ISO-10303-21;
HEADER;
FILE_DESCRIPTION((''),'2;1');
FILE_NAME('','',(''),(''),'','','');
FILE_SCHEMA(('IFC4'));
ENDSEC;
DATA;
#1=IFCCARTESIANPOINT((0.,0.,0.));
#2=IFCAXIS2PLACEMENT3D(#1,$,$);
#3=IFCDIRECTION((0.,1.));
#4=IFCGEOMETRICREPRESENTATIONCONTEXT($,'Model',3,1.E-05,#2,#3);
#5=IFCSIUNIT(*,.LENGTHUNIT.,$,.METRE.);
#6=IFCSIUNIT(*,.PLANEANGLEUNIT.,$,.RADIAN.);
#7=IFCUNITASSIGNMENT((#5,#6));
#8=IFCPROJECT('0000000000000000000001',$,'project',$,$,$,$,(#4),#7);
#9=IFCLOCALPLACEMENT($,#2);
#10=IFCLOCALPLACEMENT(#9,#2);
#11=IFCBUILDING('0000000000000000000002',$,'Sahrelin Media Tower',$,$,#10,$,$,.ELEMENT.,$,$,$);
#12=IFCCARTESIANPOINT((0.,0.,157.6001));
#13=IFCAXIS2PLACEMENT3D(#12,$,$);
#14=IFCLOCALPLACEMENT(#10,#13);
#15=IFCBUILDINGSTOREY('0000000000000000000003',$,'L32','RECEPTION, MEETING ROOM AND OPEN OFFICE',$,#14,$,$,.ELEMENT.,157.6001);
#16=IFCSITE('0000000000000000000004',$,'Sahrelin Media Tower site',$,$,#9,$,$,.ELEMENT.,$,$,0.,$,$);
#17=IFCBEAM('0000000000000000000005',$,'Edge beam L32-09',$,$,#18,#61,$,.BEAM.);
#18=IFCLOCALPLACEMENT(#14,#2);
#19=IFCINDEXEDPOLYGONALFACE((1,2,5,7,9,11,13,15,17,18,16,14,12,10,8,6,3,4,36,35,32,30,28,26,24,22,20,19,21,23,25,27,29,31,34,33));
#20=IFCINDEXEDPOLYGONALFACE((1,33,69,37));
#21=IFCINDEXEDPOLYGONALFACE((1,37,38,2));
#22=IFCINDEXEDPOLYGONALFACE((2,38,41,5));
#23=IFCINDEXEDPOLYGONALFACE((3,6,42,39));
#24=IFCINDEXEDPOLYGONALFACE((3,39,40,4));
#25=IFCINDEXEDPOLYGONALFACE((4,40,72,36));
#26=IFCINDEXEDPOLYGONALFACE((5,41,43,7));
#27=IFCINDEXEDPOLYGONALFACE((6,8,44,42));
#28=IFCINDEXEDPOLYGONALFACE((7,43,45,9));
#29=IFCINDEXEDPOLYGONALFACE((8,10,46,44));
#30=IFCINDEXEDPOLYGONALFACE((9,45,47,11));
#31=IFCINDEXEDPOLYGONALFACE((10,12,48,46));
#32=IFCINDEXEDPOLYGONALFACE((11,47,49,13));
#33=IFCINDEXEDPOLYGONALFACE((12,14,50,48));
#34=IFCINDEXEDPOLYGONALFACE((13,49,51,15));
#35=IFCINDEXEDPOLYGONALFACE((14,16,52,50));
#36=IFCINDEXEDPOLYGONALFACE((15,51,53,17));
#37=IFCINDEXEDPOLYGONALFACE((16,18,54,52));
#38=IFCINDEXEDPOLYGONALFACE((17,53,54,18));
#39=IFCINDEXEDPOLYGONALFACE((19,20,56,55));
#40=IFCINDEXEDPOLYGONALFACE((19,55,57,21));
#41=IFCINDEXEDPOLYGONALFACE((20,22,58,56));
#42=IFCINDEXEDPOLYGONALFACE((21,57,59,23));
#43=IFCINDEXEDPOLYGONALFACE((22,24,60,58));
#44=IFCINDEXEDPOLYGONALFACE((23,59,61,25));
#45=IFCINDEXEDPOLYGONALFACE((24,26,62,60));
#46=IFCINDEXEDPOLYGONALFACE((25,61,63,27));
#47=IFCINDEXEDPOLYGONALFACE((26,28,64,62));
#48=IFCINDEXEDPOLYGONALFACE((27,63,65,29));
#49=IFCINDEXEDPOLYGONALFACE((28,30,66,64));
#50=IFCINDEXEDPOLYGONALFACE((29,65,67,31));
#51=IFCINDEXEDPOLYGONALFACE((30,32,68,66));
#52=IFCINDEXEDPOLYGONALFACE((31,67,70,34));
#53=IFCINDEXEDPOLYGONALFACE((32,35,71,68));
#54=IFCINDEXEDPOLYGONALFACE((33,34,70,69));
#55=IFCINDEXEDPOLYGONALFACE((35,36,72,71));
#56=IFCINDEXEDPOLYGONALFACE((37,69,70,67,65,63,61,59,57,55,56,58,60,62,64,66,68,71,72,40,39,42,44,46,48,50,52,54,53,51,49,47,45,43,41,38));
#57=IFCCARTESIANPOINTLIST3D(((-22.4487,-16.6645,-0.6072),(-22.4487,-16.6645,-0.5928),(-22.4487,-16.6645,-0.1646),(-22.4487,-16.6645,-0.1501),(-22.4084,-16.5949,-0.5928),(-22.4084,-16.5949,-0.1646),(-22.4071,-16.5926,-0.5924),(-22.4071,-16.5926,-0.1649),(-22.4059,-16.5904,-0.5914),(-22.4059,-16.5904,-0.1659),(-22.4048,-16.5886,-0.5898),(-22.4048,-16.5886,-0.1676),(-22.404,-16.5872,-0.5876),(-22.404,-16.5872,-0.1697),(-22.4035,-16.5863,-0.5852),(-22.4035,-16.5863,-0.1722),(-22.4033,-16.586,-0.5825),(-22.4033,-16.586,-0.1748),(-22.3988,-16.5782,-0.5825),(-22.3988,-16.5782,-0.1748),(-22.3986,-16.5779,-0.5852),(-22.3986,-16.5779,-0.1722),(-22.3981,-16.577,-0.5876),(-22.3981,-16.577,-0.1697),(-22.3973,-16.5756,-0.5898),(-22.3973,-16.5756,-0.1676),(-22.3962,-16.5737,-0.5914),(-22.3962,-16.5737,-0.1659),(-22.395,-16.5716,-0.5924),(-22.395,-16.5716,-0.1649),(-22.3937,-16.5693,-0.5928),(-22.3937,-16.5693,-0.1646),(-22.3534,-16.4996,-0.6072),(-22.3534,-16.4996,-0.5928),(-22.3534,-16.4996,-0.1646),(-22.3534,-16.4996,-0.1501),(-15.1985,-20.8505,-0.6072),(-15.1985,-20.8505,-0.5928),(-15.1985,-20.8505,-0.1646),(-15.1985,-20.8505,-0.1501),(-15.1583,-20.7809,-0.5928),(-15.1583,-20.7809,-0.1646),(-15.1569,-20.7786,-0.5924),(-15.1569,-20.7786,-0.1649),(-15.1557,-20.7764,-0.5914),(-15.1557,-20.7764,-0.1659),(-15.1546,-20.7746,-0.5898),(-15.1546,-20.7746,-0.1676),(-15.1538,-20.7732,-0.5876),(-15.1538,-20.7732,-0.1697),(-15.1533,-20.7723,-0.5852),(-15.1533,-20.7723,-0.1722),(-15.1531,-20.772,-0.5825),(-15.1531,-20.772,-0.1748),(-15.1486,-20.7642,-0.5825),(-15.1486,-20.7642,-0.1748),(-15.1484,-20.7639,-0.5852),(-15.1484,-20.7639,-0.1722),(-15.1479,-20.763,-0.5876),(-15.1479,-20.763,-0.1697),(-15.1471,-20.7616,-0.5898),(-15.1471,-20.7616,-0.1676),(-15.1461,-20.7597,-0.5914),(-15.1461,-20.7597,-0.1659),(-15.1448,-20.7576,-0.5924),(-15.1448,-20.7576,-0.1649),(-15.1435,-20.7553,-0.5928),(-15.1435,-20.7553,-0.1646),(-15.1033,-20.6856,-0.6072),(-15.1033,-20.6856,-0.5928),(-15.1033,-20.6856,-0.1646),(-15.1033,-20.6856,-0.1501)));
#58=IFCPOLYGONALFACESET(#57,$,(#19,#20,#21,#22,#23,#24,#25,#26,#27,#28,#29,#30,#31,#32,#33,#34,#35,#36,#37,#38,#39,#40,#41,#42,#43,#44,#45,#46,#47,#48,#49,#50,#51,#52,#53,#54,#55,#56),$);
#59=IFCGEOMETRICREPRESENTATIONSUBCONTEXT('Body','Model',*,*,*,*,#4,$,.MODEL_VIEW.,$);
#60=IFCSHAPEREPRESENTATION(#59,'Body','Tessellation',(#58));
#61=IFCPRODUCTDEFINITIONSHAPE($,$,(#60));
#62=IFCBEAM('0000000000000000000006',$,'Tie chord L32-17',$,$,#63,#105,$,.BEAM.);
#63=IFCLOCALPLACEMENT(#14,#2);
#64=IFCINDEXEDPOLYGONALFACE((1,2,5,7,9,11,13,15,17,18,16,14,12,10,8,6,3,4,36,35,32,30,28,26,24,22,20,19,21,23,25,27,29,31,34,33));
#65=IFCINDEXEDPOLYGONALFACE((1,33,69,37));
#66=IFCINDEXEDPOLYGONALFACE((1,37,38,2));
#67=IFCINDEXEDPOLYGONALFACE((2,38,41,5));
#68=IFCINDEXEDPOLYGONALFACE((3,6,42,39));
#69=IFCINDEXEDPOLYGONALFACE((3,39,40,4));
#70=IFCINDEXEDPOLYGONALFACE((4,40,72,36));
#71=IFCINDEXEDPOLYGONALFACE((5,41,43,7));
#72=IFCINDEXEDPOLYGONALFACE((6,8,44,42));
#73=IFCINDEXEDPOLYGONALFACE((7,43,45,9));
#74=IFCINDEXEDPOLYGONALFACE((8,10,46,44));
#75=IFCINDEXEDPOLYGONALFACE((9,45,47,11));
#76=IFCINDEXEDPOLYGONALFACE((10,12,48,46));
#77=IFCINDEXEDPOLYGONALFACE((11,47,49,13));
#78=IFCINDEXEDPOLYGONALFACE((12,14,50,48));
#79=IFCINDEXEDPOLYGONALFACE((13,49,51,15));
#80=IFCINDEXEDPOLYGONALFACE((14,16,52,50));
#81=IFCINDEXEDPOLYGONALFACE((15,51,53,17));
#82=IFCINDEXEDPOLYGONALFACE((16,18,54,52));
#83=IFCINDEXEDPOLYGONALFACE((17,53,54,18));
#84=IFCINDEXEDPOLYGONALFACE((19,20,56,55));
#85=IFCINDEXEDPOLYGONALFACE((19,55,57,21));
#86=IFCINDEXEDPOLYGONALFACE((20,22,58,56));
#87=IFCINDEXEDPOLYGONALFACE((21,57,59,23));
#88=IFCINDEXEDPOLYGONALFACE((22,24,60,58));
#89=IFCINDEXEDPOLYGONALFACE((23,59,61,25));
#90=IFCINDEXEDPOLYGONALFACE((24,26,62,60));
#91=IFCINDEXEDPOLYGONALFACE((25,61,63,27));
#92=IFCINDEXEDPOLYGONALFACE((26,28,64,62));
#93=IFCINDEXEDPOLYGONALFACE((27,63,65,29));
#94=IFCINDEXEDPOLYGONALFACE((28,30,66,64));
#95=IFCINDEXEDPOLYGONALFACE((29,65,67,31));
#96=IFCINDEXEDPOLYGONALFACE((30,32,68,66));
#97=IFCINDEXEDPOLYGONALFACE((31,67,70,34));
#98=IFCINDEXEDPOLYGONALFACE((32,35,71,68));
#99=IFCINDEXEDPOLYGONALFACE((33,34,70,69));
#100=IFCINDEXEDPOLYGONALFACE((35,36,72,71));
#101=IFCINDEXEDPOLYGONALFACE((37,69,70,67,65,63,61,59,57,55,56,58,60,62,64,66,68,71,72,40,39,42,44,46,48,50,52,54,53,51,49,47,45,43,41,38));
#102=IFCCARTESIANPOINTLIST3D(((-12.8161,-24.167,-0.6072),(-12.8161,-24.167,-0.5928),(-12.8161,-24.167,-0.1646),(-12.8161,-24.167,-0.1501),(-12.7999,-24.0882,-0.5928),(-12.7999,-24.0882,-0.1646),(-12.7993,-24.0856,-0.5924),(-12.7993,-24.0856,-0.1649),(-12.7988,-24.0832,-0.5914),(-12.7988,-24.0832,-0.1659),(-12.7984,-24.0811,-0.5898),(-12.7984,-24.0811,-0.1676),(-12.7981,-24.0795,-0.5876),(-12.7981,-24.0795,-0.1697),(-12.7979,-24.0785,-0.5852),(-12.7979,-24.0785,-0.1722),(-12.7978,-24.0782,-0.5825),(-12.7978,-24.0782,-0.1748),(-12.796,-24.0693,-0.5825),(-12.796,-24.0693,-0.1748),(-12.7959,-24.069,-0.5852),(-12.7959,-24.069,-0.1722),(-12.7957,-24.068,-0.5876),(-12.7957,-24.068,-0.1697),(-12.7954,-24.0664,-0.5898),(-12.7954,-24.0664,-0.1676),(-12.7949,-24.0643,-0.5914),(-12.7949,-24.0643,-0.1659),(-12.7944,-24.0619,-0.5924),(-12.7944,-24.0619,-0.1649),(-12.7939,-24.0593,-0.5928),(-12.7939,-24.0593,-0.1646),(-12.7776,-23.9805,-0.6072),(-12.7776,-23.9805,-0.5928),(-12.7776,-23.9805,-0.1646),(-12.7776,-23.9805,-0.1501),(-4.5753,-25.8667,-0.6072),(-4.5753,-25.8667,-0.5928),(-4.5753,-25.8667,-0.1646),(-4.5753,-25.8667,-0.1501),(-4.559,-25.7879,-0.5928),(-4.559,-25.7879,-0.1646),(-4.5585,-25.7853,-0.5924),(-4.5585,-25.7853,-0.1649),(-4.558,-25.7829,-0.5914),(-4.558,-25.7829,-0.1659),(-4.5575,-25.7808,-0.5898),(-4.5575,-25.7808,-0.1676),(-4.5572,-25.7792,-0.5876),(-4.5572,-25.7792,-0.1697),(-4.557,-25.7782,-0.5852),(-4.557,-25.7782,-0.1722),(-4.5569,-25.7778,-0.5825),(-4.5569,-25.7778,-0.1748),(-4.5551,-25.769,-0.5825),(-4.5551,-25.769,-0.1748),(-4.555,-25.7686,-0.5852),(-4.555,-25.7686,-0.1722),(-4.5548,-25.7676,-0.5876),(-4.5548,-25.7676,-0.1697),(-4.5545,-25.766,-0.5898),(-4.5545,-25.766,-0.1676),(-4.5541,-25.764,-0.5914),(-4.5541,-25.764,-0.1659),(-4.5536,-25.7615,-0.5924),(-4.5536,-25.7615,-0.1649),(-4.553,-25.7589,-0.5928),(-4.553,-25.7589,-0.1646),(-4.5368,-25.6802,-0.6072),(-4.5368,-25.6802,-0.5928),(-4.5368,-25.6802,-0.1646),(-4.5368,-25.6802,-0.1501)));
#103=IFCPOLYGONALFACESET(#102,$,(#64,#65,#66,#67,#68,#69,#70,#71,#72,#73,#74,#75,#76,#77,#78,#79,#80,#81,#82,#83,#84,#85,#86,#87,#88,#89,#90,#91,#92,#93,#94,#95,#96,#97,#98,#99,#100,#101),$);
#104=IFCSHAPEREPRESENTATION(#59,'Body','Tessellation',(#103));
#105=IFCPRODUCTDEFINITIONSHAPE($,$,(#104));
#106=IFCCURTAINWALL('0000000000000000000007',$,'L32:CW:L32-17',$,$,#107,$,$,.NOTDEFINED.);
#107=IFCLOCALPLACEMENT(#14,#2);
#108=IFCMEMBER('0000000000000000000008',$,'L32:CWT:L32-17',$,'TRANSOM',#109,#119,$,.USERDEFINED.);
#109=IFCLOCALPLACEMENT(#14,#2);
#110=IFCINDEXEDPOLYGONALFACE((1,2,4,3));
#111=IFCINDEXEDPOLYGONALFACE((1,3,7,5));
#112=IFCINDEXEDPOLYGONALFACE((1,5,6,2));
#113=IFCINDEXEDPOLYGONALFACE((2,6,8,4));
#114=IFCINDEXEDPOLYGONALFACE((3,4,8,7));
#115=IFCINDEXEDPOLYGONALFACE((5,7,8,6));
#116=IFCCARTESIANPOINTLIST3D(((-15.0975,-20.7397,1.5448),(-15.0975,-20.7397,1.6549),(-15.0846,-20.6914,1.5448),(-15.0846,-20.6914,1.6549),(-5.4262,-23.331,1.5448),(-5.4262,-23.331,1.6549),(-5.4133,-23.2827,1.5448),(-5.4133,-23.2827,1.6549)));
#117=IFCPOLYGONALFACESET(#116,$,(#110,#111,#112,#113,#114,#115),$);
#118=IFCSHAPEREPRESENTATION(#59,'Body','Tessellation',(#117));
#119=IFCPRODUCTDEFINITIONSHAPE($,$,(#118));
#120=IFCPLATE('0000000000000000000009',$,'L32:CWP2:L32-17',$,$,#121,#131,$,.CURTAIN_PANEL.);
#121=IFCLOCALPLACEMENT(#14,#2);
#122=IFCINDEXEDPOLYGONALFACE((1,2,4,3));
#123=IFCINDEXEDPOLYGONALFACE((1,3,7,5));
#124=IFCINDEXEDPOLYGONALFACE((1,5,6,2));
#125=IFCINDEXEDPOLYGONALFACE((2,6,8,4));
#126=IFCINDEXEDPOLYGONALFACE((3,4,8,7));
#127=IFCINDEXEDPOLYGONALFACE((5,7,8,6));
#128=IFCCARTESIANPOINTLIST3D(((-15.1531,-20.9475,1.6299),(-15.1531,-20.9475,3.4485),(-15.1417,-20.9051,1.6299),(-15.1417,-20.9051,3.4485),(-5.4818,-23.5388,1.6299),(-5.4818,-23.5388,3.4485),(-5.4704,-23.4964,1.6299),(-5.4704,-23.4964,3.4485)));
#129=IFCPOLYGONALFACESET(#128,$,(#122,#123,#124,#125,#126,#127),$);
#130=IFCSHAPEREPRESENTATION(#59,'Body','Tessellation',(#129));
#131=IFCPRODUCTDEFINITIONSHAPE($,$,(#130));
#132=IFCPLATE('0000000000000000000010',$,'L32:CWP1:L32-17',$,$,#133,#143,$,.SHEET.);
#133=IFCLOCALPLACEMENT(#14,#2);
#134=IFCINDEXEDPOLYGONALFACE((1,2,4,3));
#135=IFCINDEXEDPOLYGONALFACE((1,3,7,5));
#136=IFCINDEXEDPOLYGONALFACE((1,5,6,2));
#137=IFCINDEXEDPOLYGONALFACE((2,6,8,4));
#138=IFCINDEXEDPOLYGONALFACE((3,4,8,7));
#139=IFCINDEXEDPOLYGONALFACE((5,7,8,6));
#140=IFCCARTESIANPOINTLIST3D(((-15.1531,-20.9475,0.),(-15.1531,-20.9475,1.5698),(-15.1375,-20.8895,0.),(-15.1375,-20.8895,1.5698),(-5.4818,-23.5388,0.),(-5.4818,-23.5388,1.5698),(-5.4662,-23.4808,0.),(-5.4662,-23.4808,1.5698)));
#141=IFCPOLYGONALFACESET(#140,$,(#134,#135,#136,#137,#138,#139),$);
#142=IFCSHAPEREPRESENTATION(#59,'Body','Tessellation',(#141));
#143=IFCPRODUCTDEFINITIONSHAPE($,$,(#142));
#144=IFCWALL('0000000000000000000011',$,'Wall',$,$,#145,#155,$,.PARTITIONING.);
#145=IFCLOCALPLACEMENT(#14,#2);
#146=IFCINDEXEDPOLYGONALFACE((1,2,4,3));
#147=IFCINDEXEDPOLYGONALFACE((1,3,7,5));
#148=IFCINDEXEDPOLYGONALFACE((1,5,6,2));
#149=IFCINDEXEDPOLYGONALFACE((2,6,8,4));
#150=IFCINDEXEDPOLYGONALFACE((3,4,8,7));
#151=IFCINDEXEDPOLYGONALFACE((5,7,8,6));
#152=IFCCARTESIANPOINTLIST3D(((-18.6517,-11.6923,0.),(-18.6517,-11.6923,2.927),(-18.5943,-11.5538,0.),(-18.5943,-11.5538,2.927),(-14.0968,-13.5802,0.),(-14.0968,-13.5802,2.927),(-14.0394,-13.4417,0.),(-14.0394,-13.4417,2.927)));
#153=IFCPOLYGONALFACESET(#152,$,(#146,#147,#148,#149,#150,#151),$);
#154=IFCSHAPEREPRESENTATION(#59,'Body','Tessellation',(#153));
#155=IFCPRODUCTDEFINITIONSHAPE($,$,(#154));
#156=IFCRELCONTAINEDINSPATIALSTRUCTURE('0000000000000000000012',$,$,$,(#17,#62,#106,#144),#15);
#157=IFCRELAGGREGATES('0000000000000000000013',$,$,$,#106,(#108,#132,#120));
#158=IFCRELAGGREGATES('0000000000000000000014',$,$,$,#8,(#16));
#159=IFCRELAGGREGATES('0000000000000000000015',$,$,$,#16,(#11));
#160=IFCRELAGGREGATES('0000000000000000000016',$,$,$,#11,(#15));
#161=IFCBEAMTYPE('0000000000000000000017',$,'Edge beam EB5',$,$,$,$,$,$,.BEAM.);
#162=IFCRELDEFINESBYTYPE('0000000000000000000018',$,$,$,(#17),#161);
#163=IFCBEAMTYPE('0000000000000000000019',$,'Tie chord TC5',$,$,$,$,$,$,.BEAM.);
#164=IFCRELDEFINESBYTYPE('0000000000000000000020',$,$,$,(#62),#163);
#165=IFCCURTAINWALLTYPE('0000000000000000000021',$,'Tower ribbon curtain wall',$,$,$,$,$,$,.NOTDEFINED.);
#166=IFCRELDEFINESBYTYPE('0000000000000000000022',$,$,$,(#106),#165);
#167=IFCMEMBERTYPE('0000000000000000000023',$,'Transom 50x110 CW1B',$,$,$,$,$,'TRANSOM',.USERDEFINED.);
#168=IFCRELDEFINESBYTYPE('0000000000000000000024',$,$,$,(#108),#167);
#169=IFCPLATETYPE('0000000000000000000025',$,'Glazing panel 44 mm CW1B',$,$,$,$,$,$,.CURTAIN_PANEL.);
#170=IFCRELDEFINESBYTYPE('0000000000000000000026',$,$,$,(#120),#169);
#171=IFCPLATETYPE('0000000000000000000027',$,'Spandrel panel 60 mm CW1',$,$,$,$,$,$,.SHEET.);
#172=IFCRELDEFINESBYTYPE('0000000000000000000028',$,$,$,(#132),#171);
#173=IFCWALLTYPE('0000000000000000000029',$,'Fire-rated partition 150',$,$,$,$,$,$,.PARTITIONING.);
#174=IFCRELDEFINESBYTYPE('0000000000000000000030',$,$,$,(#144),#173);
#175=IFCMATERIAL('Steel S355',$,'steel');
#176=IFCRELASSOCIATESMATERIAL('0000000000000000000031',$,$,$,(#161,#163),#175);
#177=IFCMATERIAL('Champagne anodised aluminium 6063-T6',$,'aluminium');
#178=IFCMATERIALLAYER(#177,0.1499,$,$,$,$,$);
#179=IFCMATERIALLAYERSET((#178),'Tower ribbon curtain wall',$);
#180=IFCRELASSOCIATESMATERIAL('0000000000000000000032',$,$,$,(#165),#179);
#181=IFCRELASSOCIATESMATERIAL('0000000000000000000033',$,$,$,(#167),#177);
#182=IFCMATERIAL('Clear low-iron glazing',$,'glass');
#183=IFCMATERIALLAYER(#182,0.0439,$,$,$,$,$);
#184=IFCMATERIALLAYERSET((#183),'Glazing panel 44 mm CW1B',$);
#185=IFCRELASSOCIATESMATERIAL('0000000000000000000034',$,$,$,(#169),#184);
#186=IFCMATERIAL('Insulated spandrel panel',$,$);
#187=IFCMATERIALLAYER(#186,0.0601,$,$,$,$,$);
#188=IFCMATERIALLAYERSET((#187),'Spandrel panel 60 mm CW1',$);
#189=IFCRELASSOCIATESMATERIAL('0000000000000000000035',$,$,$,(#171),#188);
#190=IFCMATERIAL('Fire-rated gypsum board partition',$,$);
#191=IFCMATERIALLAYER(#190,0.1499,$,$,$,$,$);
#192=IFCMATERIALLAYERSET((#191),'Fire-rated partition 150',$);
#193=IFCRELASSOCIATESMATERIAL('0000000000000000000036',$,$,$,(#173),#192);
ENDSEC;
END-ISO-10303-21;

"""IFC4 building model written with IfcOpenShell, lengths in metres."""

from ifc_helpers import new_model, si_unit, direction, frame, frame_2d, origin, origin_2d, place, context, subcontext, project, spatial, polyline, rectangle, i_section, outline, extrude, material, layer, layer_set, material_profile, profile_set, type_object, element, aggregate, save


model = new_model("IFC4")

# Units and contexts
model_context = context("Model", 3, precision=1e-05, world=origin(), true_north=direction((0.0, 1.0)))
body_context = subcontext(model_context, "Body", "Model", "MODEL_VIEW")
ifc_project = project(units=[si_unit("LENGTHUNIT", "METRE"), si_unit("PLANEANGLEUNIT", "RADIAN")], contexts=[model_context])

# Site, building, storey
site_placement = place(None, origin())
site = spatial("IfcSite", under=ifc_project, at=site_placement, Name="Sahrelin Media Tower site", CompositionType="ELEMENT", RefElevation=0.0)
building_placement = place(site_placement, origin())
building = spatial("IfcBuilding", under=site, at=building_placement, Name="Sahrelin Media Tower", CompositionType="ELEMENT")
storey_placement = place(building_placement, frame((0.0, 0.0, 157.6001)))
storey = spatial("IfcBuildingStorey", under=building, at=storey_placement, Name="L32", Description="RECEPTION, MEETING ROOM AND OPEN OFFICE", CompositionType="ELEMENT", Elevation=157.6001)

# Beams
ifc_material_1 = material(Name="Steel S355", Category="steel")
ifc_material_profile_1 = material_profile(ifc_material_1, i_section(OverallWidth=0.1904, OverallDepth=0.457, WebThickness=0.009, FlangeThickness=0.0144, FilletRadius=0.0103, at=origin_2d()), Name="UB 457x191x74")
ifc_profile_set_1 = profile_set([ifc_material_profile_1], Name="Steel S355")
beam_type_1 = type_object("IfcBeamType", Name="Edge beam EB5", PredefinedType="BEAM", material=ifc_profile_set_1)
beam_1_placement = place(storey_placement, frame((-15.1509, -20.7681, -0.3787), z_axis=(-0.86602, 0.500009, 0.0), x_axis=(-0.500009, -0.86602, 0.0)))
element("IfcBeam", 1, at=beam_1_placement, inside=storey, type_object=beam_type_1, Name="Edge beam L32-09", PredefinedType="BEAM", context=body_context, shape_type="SweptSolid", body=[
    extrude(i_section(OverallWidth=0.1904, OverallDepth=0.457, WebThickness=0.009, FlangeThickness=0.0144, FilletRadius=0.0103, at=origin_2d()), origin(), (0.0, 0.0, 1.0), 8.3718),
])
ifc_material_profile_2 = material_profile(ifc_material_1, i_section(OverallWidth=0.1904, OverallDepth=0.457, WebThickness=0.009, FlangeThickness=0.0144, FilletRadius=0.0103, at=origin_2d()), Name="UB 457x191x74")
ifc_profile_set_2 = profile_set([ifc_material_profile_2], Name="Steel S355")
beam_type_2 = type_object("IfcBeamType", Name="Tie chord TC5", PredefinedType="BEAM", material=ifc_profile_set_2)
beam_2_placement = place(storey_placement, frame((-12.7969, -24.0737, -0.3787), z_axis=(0.979386, -0.201999, 0.0), x_axis=(0.201999, 0.979386, 0.0)))
element("IfcBeam", 2, at=beam_2_placement, inside=storey, type_object=beam_type_2, Name="Tie chord L32-17", PredefinedType="BEAM", context=body_context, shape_type="SweptSolid", body=[
    extrude(i_section(OverallWidth=0.1904, OverallDepth=0.457, WebThickness=0.009, FlangeThickness=0.0144, FilletRadius=0.0103, at=origin_2d()), origin(), (0.0, 0.0, 1.0), 8.4143),
])

# Curtain wall, member, plates
ifc_material_2 = material(Name="Champagne anodised aluminium 6063-T6", Category="aluminium")
ifc_layer_1 = layer(ifc_material_2, 0.1499)
ifc_layer_set_1 = layer_set([ifc_layer_1], Name="Tower ribbon curtain wall")
curtain_wall_type = type_object("IfcCurtainWallType", Name="Tower ribbon curtain wall", PredefinedType="NOTDEFINED", material=ifc_layer_set_1)
curtain_wall_placement = place(storey_placement, frame((-10.3123, -22.2236, 0.0), z_axis=(0.0, 0.0, 1.0), x_axis=(1.0, 0.0, 0.0)))
curtain_wall = element("IfcCurtainWall", 3, at=curtain_wall_placement, inside=storey, type_object=curtain_wall_type, Name="L32:CW:L32-17", PredefinedType="NOTDEFINED")
ifc_material_profile_3 = material_profile(ifc_material_2, rectangle(XDim=0.05, YDim=0.1101, at=origin_2d()), Name="Transom 50x110")
ifc_profile_set_3 = profile_set([ifc_material_profile_3], Name="Champagne anodised aluminium 6063-T6")
member_type = type_object("IfcMemberType", Name="Transom 50x110 CW1B", ElementType="TRANSOM", PredefinedType="USERDEFINED", material=ifc_profile_set_3)
member_placement = place(storey_placement, frame((-15.0911, -20.7156, 1.5999), z_axis=(0.965929, -0.258807, 0.0), x_axis=(0.258807, 0.965929, 0.0)))
member = element("IfcMember", 4, at=member_placement, type_object=member_type, Name="L32:CWT:L32-17", ObjectType="TRANSOM", PredefinedType="USERDEFINED", context=body_context, shape_type="SweptSolid", body=[
    extrude(rectangle(XDim=0.05, YDim=0.1101, at=origin_2d()), origin(), (0.0, 0.0, 1.0), 10.0125),
])
ifc_material_3 = material(Name="Clear low-iron glazing", Category="glass")
ifc_layer_2 = layer(ifc_material_3, 0.0439)
ifc_layer_set_2 = layer_set([ifc_layer_2], Name="Glazing panel 44 mm CW1B")
plate_type_1 = type_object("IfcPlateType", Name="Glazing panel 44 mm CW1B", PredefinedType="CURTAIN_PANEL", material=ifc_layer_set_2)
plate_1_placement = place(storey_placement, frame((-15.1531, -20.9475, 1.6299), z_axis=(-0.258807, -0.965929, 0.0), x_axis=(0.965929, -0.258807, 0.0)))
plate_1 = element("IfcPlate", 5, at=plate_1_placement, type_object=plate_type_1, Name="L32:CWP2:L32-17", PredefinedType="CURTAIN_PANEL", context=body_context, shape_type="SweptSolid", body=[
    extrude(outline(polyline([(0.0, 0.0), (10.0125, 0.0), (10.0125, 1.8186), (0.0, 1.8186), (0.0, 0.0)])), origin(), (0.0, 0.0, -1.0), 0.0439),
])
ifc_material_4 = material(Name="Insulated spandrel panel")
ifc_layer_3 = layer(ifc_material_4, 0.0601)
ifc_layer_set_3 = layer_set([ifc_layer_3], Name="Spandrel panel 60 mm CW1")
plate_type_2 = type_object("IfcPlateType", Name="Spandrel panel 60 mm CW1", PredefinedType="SHEET", material=ifc_layer_set_3)
plate_2_placement = place(storey_placement, frame((-15.1531, -20.9475, 0.0), z_axis=(-0.258807, -0.965929, 0.0), x_axis=(0.965929, -0.258807, 0.0)))
plate_2 = element("IfcPlate", 6, at=plate_2_placement, type_object=plate_type_2, Name="L32:CWP1:L32-17", PredefinedType="SHEET", context=body_context, shape_type="SweptSolid", body=[
    extrude(outline(polyline([(0.0, 0.0), (10.0125, 0.0), (10.0125, 1.5698), (0.0, 1.5698), (0.0, 0.0)])), origin(), (0.0, 0.0, -1.0), 0.0601),
])
aggregate(curtain_wall, [member, plate_2, plate_1])

# Wall
ifc_material_5 = material(Name="Fire-rated gypsum board partition")
ifc_layer_4 = layer(ifc_material_5, 0.1499)
ifc_layer_set_4 = layer_set([ifc_layer_4], Name="Fire-rated partition 150")
wall_type_1 = type_object("IfcWallType", Name="Fire-rated partition 150", PredefinedType="PARTITIONING", material=ifc_layer_set_4)
wall_1_placement = place(storey_placement, frame((-18.623, -11.623, 0.0), z_axis=(0.0, 0.0, 1.0), x_axis=(0.923792, -0.382895, 0.0)))
element("IfcWall", 7, at=wall_1_placement, inside=storey, type_object=wall_type_1, Name="Wall", PredefinedType="PARTITIONING", context=body_context, shape_type="SweptSolid", body=[
    extrude(rectangle(XDim=4.9307, YDim=0.1499, at=frame_2d((2.4653, 0.0))), origin(), (0.0, 0.0, 1.0), 2.927),
])

save(model, "model.ifc")
